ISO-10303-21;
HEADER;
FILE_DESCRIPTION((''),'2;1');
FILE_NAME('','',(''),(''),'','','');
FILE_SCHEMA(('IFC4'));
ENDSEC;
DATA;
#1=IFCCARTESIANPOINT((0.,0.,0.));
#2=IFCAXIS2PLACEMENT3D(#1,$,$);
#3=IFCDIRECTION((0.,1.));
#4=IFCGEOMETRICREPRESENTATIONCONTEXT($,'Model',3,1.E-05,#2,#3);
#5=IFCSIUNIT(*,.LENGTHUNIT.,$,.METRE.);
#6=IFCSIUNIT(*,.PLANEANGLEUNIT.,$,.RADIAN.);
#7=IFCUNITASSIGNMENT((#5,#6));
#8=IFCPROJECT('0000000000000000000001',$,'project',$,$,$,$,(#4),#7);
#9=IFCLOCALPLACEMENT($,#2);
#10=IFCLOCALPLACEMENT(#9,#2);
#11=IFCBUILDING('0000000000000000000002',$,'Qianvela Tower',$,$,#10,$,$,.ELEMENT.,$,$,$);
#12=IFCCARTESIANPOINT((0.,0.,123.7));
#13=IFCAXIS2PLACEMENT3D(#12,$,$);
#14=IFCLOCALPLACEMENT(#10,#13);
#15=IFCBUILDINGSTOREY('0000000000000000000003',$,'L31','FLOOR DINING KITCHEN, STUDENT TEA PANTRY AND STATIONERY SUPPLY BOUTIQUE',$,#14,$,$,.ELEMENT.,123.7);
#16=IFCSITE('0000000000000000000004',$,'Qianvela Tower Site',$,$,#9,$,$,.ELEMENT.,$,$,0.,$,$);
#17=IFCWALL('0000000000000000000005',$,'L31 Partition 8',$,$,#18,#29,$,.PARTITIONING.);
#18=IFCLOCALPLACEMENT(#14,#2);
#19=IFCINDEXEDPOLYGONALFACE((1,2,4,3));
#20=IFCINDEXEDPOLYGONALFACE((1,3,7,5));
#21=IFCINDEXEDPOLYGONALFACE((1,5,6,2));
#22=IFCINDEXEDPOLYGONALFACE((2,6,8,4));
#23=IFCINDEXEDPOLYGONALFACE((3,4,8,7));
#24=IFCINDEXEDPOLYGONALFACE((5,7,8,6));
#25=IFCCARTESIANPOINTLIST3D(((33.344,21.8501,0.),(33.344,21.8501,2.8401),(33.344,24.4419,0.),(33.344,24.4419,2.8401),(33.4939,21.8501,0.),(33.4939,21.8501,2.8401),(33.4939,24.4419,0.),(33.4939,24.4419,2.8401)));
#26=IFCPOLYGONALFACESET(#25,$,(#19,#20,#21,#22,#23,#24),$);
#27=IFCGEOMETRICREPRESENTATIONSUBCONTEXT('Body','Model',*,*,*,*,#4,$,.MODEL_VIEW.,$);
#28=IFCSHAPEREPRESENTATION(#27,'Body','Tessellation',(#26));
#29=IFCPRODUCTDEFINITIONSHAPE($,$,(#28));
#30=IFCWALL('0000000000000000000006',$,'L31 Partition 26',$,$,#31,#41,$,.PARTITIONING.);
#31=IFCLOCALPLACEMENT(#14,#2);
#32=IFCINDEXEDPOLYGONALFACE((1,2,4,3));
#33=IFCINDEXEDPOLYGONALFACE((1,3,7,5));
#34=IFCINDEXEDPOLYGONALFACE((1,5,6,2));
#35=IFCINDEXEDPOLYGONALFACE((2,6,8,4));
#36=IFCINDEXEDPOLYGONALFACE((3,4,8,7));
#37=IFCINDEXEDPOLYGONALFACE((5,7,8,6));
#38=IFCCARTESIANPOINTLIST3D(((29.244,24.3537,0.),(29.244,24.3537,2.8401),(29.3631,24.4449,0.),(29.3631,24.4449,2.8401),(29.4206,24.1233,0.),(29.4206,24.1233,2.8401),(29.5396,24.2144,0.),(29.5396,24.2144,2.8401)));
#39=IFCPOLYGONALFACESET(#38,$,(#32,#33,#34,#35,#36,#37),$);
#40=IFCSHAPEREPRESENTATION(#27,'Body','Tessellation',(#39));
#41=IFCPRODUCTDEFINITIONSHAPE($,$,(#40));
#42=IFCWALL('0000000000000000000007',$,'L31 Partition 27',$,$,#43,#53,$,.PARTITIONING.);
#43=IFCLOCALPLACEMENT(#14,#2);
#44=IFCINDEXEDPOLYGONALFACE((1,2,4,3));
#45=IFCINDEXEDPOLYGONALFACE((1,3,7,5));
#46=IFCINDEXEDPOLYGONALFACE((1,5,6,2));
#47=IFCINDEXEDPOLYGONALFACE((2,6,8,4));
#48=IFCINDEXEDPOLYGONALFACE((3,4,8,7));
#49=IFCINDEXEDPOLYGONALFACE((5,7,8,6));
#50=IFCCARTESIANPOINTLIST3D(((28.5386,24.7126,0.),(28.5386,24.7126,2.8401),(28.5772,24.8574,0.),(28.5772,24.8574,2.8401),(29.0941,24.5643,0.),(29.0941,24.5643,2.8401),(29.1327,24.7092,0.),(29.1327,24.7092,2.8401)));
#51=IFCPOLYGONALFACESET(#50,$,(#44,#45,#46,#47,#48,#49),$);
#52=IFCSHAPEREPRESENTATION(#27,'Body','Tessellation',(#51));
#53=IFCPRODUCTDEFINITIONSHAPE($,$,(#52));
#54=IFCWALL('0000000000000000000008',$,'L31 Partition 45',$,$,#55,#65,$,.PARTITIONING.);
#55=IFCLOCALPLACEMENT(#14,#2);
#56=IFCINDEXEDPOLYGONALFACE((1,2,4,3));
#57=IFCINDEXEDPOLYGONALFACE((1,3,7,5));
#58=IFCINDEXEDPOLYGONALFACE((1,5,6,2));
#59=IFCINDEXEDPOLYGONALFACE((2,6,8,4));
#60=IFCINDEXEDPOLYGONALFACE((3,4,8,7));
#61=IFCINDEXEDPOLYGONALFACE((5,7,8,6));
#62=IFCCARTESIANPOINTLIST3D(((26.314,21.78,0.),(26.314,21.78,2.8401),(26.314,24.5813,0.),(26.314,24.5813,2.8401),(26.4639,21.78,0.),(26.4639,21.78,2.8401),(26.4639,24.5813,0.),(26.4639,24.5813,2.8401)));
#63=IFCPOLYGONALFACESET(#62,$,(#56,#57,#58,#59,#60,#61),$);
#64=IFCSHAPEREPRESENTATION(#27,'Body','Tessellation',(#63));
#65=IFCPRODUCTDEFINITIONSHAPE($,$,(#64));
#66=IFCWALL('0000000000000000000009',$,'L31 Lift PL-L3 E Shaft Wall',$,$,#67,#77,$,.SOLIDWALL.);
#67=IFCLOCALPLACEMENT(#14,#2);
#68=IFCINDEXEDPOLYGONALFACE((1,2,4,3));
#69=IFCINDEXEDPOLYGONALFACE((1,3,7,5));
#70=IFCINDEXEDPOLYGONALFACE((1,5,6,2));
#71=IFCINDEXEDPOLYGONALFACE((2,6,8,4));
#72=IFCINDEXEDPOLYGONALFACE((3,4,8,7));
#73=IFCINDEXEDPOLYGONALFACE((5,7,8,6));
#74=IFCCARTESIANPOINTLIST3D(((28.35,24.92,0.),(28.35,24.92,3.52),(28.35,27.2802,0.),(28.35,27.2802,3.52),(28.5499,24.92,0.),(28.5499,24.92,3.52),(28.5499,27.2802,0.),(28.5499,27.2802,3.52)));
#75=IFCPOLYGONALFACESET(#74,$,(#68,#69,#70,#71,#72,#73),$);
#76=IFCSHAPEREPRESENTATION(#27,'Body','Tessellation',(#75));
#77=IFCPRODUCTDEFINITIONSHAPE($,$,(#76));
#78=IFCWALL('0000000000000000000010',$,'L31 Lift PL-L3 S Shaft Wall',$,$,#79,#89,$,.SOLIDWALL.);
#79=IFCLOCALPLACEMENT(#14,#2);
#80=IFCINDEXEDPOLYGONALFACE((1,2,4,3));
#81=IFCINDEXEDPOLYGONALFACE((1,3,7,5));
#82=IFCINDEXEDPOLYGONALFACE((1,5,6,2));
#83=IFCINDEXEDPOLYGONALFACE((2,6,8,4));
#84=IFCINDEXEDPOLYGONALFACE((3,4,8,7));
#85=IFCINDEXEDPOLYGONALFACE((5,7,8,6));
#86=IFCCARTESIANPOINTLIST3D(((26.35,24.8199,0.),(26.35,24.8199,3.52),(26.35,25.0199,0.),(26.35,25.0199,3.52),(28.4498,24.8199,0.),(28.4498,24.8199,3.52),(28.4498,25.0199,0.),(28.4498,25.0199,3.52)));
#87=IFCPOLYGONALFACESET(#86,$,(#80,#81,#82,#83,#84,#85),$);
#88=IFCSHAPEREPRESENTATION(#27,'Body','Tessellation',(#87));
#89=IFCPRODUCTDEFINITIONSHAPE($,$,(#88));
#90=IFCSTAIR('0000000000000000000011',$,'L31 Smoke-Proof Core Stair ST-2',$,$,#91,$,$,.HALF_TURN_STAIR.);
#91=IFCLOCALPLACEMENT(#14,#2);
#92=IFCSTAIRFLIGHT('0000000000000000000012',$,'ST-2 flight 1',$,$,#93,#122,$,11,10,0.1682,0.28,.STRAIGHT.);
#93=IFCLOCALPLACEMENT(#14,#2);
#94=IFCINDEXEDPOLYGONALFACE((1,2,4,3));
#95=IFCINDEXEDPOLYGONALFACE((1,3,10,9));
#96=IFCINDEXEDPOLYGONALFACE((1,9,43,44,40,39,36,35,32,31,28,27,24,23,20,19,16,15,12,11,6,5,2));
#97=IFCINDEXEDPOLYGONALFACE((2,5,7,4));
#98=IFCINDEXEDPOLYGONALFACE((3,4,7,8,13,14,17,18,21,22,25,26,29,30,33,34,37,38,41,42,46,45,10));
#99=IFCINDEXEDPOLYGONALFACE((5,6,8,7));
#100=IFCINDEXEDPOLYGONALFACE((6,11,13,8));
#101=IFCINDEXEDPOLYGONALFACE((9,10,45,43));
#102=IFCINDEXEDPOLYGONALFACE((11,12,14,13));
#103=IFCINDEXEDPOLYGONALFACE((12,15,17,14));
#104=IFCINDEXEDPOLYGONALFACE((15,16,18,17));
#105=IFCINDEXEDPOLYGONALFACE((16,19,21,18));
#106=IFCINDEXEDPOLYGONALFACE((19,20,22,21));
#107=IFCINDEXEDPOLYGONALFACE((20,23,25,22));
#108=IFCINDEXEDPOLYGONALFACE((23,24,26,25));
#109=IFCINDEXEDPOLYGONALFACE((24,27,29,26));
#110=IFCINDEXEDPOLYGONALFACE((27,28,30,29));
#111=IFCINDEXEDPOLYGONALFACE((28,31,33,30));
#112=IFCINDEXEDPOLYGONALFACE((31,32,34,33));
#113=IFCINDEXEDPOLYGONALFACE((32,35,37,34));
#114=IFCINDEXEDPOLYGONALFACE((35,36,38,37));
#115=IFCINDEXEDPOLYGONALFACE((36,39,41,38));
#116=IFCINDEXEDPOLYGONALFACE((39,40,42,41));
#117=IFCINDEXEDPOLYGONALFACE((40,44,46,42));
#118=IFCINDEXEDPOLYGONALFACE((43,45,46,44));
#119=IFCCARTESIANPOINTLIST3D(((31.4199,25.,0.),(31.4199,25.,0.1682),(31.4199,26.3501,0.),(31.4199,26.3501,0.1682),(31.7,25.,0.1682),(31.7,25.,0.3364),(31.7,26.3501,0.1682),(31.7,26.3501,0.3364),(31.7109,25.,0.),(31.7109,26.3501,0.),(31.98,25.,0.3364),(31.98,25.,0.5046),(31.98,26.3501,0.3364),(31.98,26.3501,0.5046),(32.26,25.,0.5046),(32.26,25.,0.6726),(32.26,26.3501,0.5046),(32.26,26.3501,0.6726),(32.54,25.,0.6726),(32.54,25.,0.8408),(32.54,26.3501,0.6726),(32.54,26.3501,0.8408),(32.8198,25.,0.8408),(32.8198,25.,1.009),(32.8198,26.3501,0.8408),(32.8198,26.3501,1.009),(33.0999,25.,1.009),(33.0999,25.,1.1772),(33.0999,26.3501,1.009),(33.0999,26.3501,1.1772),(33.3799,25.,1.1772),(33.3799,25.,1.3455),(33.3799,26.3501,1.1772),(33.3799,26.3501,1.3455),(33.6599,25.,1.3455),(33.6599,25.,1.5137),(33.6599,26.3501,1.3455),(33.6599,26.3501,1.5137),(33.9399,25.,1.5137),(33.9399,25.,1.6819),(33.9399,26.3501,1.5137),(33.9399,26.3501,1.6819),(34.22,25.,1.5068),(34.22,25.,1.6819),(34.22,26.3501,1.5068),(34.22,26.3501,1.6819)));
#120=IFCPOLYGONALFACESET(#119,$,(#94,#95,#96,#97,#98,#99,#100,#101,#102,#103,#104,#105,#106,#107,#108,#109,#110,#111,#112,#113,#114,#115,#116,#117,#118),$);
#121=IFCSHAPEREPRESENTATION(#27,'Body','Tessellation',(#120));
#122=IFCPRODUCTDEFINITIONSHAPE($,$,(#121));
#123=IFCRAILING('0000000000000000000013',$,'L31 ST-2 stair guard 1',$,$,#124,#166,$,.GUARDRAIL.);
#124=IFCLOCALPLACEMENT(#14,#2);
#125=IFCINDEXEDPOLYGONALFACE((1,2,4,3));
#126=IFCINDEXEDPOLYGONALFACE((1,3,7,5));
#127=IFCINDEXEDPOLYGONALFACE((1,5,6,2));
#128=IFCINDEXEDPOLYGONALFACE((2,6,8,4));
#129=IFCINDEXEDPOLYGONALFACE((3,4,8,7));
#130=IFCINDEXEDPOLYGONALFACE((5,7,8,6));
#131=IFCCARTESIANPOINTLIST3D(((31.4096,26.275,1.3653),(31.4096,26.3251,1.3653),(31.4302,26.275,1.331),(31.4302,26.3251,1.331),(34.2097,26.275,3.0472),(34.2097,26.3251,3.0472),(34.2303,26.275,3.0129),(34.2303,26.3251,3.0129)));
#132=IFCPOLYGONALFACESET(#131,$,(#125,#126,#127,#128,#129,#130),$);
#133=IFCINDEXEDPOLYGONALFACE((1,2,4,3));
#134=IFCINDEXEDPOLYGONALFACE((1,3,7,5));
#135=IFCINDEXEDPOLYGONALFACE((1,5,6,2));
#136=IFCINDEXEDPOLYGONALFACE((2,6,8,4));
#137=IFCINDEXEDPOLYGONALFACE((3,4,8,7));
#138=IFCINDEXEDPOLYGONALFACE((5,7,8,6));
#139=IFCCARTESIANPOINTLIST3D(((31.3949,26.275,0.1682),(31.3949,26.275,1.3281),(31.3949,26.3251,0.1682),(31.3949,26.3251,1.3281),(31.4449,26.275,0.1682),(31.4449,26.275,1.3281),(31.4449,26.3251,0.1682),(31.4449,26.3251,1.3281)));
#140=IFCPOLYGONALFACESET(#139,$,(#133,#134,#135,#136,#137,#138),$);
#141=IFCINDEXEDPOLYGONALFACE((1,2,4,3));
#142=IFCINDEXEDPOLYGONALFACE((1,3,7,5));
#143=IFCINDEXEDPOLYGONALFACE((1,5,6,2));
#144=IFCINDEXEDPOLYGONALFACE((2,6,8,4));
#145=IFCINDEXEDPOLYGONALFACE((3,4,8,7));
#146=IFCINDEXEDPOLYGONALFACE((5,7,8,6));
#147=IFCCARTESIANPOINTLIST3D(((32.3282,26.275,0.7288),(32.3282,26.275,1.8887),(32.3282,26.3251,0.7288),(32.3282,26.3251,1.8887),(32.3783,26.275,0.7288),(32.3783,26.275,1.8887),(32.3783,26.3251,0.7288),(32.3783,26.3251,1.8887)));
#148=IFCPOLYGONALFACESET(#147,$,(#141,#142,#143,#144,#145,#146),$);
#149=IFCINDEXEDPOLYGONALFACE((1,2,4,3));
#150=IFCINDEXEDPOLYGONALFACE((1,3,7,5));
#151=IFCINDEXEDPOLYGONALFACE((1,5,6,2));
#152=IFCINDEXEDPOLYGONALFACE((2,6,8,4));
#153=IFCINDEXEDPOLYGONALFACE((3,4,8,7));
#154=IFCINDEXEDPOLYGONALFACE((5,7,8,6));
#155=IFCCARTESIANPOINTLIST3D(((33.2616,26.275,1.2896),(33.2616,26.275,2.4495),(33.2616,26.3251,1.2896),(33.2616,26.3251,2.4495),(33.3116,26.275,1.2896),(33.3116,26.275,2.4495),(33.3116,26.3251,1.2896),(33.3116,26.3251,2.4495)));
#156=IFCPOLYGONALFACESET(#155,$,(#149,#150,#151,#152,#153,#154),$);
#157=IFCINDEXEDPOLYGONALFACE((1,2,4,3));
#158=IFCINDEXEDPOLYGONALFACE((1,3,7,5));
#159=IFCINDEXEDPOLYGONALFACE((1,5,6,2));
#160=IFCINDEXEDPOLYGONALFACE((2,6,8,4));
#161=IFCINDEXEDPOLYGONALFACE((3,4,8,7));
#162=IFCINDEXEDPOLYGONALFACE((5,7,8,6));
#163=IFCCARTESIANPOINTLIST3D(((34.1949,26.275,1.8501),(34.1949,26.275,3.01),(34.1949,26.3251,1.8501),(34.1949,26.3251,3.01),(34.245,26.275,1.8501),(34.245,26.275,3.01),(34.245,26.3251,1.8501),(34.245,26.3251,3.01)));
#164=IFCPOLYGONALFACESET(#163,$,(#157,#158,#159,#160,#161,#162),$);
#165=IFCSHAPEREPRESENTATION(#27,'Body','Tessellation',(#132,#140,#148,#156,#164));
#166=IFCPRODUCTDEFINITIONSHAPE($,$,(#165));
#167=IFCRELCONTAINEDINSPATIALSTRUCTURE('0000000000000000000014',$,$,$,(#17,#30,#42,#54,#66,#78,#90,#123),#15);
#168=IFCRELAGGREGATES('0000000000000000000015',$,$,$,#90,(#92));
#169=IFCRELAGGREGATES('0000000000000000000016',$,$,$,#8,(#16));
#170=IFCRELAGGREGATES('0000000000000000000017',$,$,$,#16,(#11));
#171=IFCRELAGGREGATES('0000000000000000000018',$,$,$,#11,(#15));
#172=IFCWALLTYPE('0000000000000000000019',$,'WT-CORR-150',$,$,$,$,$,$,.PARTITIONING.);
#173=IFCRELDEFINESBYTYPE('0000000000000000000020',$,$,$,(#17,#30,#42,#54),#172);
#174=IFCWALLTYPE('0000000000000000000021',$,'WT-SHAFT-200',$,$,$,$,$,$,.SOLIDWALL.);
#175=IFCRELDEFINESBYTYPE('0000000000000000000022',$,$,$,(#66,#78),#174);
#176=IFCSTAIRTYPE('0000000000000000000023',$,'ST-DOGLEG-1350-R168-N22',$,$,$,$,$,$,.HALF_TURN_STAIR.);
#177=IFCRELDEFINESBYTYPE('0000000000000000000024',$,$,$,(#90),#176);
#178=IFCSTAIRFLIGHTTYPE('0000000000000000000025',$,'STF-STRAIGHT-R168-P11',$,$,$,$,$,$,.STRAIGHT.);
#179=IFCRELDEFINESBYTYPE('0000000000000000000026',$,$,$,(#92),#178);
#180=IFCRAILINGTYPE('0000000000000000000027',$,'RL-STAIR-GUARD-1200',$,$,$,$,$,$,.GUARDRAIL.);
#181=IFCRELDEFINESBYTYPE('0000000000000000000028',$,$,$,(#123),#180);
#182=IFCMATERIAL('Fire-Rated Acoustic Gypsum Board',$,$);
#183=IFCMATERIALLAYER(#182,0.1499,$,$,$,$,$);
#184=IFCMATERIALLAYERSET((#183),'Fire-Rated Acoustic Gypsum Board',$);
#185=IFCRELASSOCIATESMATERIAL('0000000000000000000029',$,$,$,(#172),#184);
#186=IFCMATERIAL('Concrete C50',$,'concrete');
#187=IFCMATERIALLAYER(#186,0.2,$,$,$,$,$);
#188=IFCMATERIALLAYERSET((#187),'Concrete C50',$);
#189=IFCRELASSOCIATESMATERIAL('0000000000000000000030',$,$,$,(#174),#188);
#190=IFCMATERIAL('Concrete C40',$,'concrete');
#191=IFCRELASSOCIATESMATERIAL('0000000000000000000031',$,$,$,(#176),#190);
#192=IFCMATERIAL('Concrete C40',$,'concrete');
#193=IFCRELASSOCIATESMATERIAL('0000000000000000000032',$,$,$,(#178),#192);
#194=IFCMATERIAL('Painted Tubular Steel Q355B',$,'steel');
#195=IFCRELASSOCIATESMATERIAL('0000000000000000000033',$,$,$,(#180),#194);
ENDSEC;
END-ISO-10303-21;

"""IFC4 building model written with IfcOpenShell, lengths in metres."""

from ifc_helpers import new_model, si_unit, direction, frame, frame_2d, origin, origin_2d, place, context, subcontext, project, spatial, polyline, rectangle, outline, extrude, material, layer, layer_set, type_object, element, aggregate, save


model = new_model("IFC4")

# Units and contexts
model_context = context("Model", 3, precision=1e-05, world=origin(), true_north=direction((0.0, 1.0)))
body_context = subcontext(model_context, "Body", "Model", "MODEL_VIEW")
ifc_project = project(units=[si_unit("LENGTHUNIT", "METRE"), si_unit("PLANEANGLEUNIT", "RADIAN")], contexts=[model_context])

# Site, building, storey
site_placement = place(None, origin())
site = spatial("IfcSite", under=ifc_project, at=site_placement, Name="Qianvela Tower Site", CompositionType="ELEMENT", RefElevation=0.0)
building_placement = place(site_placement, origin())
building = spatial("IfcBuilding", under=site, at=building_placement, Name="Qianvela Tower", CompositionType="ELEMENT")
storey_placement = place(building_placement, frame((0.0, 0.0, 123.7)))
storey = spatial("IfcBuildingStorey", under=building, at=storey_placement, Name="L31", Description="FLOOR DINING KITCHEN, STUDENT TEA PANTRY AND STATIONERY SUPPLY BOUTIQUE", CompositionType="ELEMENT", Elevation=123.7)

# Walls
ifc_material_1 = material(Name="Fire-Rated Acoustic Gypsum Board")
ifc_layer_1 = layer(ifc_material_1, 0.1499)
ifc_layer_set_1 = layer_set([ifc_layer_1], Name="Fire-Rated Acoustic Gypsum Board")
wall_type_1 = type_object("IfcWallType", Name="WT-CORR-150", PredefinedType="PARTITIONING", material=ifc_layer_set_1)
wall_1_placement = place(storey_placement, frame((33.4189, 24.4419, 0.0), z_axis=(0.0, 0.0, 1.0), x_axis=(0.0, -1.0, 0.0)))
element("IfcWall", 1, at=wall_1_placement, inside=storey, type_object=wall_type_1, Name="L31 Partition 8", PredefinedType="PARTITIONING", context=body_context, shape_type="SweptSolid", body=[
    extrude(rectangle(XDim=2.5918, YDim=0.1499, at=frame_2d((1.2959, 0.0))), origin(), (0.0, 0.0, 1.0), 2.8401),
])
wall_2_placement = place(storey_placement, frame((29.48, 24.1689, 0.0), z_axis=(0.0, 0.0, 1.0), x_axis=(-0.608043, 0.793904, 0.0)))
element("IfcWall", 2, at=wall_2_placement, inside=storey, type_object=wall_type_1, Name="L31 Partition 26", PredefinedType="PARTITIONING", context=body_context, shape_type="SweptSolid", body=[
    extrude(rectangle(XDim=0.2903, YDim=0.1499, at=frame_2d((0.145, 0.0))), origin(), (0.0, 0.0, 1.0), 2.8401),
])
wall_3_placement = place(storey_placement, frame((29.1135, 24.6367, 0.0), z_axis=(0.0, 0.0, 1.0), x_axis=(-0.9662, 0.257795, 0.0)))
element("IfcWall", 3, at=wall_3_placement, inside=storey, type_object=wall_type_1, Name="L31 Partition 27", PredefinedType="PARTITIONING", context=body_context, shape_type="SweptSolid", body=[
    extrude(rectangle(XDim=0.575, YDim=0.1499, at=frame_2d((0.2876, 0.0))), origin(), (0.0, 0.0, 1.0), 2.8401),
])
wall_4_placement = place(storey_placement, frame((26.3889, 24.5813, 0.0), z_axis=(0.0, 0.0, 1.0), x_axis=(0.0, -1.0, 0.0)))
element("IfcWall", 4, at=wall_4_placement, inside=storey, type_object=wall_type_1, Name="L31 Partition 45", PredefinedType="PARTITIONING", context=body_context, shape_type="SweptSolid", body=[
    extrude(rectangle(XDim=2.8013, YDim=0.1499, at=frame_2d((1.4006, 0.0))), origin(), (0.0, 0.0, 1.0), 2.8401),
])
ifc_material_2 = material(Name="Concrete C50", Category="concrete")
ifc_layer_2 = layer(ifc_material_2, 0.2)
ifc_layer_set_2 = layer_set([ifc_layer_2], Name="Concrete C50")
wall_type_2 = type_object("IfcWallType", Name="WT-SHAFT-200", PredefinedType="SOLIDWALL", material=ifc_layer_set_2)
wall_5_placement = place(storey_placement, frame((28.45, 24.9199, 0.0), z_axis=(0.0, 0.0, 1.0), x_axis=(0.0, 1.0, 0.0)))
element("IfcWall", 5, at=wall_5_placement, inside=storey, type_object=wall_type_2, Name="L31 Lift PL-L3 E Shaft Wall", PredefinedType="SOLIDWALL", context=body_context, shape_type="SweptSolid", body=[
    extrude(rectangle(XDim=2.3601, YDim=0.2, at=frame_2d((1.1802, 0.0))), origin(), (0.0, 0.0, 1.0), 3.52),
])

# Wall
wall_6_placement = place(storey_placement, frame((26.3501, 24.9199, 0.0), z_axis=(0.0, 0.0, 1.0), x_axis=(1.0, 0.0, 0.0)))
element("IfcWall", 6, at=wall_6_placement, inside=storey, type_object=wall_type_2, Name="L31 Lift PL-L3 S Shaft Wall", PredefinedType="SOLIDWALL", context=body_context, shape_type="SweptSolid", body=[
    extrude(rectangle(XDim=2.0999, YDim=0.2, at=frame_2d((1.0498, 0.0))), origin(), (0.0, 0.0, 1.0), 3.52),
])

# Stair, stair flight
ifc_material_3 = material(Name="Concrete C40", Category="concrete")
stair_type = type_object("IfcStairType", Name="ST-DOGLEG-1350-R168-N22", PredefinedType="HALF_TURN_STAIR", material=ifc_material_3)
stair_placement = place(storey_placement, origin())
stair = element("IfcStair", 7, at=stair_placement, inside=storey, type_object=stair_type, Name="L31 Smoke-Proof Core Stair ST-2", PredefinedType="HALF_TURN_STAIR")
ifc_material_4 = material(Name="Concrete C40", Category="concrete")
stair_flight_type = type_object("IfcStairFlightType", Name="STF-STRAIGHT-R168-P11", PredefinedType="STRAIGHT", material=ifc_material_4)
stair_flight_placement = place(storey_placement, frame((31.4199, 25.675, 0.0), z_axis=(0.0, 0.0, 1.0), x_axis=(1.0, 0.0, 0.0)))
stair_flight = element("IfcStairFlight", 8, at=stair_flight_placement, type_object=stair_flight_type, Name="ST-2 flight 1", NumberOfRisers=11, NumberOfTreads=10, PredefinedType="STRAIGHT", RiserHeight=0.1682, TreadLength=0.28, context=body_context, shape_type="SweptSolid", body=[
    extrude(outline(polyline([(0.0, 0.0), (0.0, 0.1682), (0.28, 0.1682), (0.28, 0.3364), (0.5601, 0.3364), (0.5601, 0.5046), (0.8401, 0.5046), (0.8401, 0.6726), (1.1201, 0.6726), (1.1201, 0.8408), (1.3999, 0.8408), (1.3999, 1.009), (1.6799, 1.009), (1.6799, 1.1772), (1.96, 1.1772), (1.96, 1.3455), (2.24, 1.3455), (2.24, 1.5137), (2.52, 1.5137), (2.52, 1.6819), (2.8, 1.6819), (2.8, 1.8501), (2.8, 1.5068), (0.291, 0.0), (0.0, 0.0)])), frame((0.0, 0.675, 0.0), z_axis=(0.0, -1.0, 0.0), x_axis=(1.0, 0.0, 0.0)), (0.0, 0.0, 1.0), 1.3501),
])
aggregate(stair, [stair_flight])

# Railing
ifc_material_5 = material(Name="Painted Tubular Steel Q355B", Category="steel")
railing_type_1 = type_object("IfcRailingType", Name="RL-STAIR-GUARD-1200", PredefinedType="GUARDRAIL", material=ifc_material_5)
railing_1_placement = place(storey_placement, frame((31.4199, 26.3, 0.1682)))
element("IfcRailing", 9, at=railing_1_placement, inside=storey, type_object=railing_type_1, Name="L31 ST-2 stair guard 1", PredefinedType="GUARDRAIL", context=body_context, shape_type="SweptSolid", body=[
    extrude(rectangle(XDim=0.05, YDim=0.04, at=origin_2d()), frame((0.0, 0.0, 1.1799), z_axis=(0.857242, 0.0, 0.514913), x_axis=(0.0, 1.0, 0.0)), (0.0, 0.0, 1.0), 3.2664),
    extrude(rectangle(XDim=0.05, YDim=0.05, at=origin_2d()), origin(), (0.0, 0.0, 1.0), 1.1599),
    extrude(rectangle(XDim=0.05, YDim=0.05, at=origin_2d()), frame((0.9333, 0.0, 0.5605)), (0.0, 0.0, 1.0), 1.1599),
    extrude(rectangle(XDim=0.05, YDim=0.05, at=origin_2d()), frame((1.8667, 0.0, 1.1213)), (0.0, 0.0, 1.0), 1.1599),
    extrude(rectangle(XDim=0.05, YDim=0.05, at=origin_2d()), frame((2.8, 0.0, 1.6819)), (0.0, 0.0, 1.0), 1.1599),
])

save(model, "model.ifc")
